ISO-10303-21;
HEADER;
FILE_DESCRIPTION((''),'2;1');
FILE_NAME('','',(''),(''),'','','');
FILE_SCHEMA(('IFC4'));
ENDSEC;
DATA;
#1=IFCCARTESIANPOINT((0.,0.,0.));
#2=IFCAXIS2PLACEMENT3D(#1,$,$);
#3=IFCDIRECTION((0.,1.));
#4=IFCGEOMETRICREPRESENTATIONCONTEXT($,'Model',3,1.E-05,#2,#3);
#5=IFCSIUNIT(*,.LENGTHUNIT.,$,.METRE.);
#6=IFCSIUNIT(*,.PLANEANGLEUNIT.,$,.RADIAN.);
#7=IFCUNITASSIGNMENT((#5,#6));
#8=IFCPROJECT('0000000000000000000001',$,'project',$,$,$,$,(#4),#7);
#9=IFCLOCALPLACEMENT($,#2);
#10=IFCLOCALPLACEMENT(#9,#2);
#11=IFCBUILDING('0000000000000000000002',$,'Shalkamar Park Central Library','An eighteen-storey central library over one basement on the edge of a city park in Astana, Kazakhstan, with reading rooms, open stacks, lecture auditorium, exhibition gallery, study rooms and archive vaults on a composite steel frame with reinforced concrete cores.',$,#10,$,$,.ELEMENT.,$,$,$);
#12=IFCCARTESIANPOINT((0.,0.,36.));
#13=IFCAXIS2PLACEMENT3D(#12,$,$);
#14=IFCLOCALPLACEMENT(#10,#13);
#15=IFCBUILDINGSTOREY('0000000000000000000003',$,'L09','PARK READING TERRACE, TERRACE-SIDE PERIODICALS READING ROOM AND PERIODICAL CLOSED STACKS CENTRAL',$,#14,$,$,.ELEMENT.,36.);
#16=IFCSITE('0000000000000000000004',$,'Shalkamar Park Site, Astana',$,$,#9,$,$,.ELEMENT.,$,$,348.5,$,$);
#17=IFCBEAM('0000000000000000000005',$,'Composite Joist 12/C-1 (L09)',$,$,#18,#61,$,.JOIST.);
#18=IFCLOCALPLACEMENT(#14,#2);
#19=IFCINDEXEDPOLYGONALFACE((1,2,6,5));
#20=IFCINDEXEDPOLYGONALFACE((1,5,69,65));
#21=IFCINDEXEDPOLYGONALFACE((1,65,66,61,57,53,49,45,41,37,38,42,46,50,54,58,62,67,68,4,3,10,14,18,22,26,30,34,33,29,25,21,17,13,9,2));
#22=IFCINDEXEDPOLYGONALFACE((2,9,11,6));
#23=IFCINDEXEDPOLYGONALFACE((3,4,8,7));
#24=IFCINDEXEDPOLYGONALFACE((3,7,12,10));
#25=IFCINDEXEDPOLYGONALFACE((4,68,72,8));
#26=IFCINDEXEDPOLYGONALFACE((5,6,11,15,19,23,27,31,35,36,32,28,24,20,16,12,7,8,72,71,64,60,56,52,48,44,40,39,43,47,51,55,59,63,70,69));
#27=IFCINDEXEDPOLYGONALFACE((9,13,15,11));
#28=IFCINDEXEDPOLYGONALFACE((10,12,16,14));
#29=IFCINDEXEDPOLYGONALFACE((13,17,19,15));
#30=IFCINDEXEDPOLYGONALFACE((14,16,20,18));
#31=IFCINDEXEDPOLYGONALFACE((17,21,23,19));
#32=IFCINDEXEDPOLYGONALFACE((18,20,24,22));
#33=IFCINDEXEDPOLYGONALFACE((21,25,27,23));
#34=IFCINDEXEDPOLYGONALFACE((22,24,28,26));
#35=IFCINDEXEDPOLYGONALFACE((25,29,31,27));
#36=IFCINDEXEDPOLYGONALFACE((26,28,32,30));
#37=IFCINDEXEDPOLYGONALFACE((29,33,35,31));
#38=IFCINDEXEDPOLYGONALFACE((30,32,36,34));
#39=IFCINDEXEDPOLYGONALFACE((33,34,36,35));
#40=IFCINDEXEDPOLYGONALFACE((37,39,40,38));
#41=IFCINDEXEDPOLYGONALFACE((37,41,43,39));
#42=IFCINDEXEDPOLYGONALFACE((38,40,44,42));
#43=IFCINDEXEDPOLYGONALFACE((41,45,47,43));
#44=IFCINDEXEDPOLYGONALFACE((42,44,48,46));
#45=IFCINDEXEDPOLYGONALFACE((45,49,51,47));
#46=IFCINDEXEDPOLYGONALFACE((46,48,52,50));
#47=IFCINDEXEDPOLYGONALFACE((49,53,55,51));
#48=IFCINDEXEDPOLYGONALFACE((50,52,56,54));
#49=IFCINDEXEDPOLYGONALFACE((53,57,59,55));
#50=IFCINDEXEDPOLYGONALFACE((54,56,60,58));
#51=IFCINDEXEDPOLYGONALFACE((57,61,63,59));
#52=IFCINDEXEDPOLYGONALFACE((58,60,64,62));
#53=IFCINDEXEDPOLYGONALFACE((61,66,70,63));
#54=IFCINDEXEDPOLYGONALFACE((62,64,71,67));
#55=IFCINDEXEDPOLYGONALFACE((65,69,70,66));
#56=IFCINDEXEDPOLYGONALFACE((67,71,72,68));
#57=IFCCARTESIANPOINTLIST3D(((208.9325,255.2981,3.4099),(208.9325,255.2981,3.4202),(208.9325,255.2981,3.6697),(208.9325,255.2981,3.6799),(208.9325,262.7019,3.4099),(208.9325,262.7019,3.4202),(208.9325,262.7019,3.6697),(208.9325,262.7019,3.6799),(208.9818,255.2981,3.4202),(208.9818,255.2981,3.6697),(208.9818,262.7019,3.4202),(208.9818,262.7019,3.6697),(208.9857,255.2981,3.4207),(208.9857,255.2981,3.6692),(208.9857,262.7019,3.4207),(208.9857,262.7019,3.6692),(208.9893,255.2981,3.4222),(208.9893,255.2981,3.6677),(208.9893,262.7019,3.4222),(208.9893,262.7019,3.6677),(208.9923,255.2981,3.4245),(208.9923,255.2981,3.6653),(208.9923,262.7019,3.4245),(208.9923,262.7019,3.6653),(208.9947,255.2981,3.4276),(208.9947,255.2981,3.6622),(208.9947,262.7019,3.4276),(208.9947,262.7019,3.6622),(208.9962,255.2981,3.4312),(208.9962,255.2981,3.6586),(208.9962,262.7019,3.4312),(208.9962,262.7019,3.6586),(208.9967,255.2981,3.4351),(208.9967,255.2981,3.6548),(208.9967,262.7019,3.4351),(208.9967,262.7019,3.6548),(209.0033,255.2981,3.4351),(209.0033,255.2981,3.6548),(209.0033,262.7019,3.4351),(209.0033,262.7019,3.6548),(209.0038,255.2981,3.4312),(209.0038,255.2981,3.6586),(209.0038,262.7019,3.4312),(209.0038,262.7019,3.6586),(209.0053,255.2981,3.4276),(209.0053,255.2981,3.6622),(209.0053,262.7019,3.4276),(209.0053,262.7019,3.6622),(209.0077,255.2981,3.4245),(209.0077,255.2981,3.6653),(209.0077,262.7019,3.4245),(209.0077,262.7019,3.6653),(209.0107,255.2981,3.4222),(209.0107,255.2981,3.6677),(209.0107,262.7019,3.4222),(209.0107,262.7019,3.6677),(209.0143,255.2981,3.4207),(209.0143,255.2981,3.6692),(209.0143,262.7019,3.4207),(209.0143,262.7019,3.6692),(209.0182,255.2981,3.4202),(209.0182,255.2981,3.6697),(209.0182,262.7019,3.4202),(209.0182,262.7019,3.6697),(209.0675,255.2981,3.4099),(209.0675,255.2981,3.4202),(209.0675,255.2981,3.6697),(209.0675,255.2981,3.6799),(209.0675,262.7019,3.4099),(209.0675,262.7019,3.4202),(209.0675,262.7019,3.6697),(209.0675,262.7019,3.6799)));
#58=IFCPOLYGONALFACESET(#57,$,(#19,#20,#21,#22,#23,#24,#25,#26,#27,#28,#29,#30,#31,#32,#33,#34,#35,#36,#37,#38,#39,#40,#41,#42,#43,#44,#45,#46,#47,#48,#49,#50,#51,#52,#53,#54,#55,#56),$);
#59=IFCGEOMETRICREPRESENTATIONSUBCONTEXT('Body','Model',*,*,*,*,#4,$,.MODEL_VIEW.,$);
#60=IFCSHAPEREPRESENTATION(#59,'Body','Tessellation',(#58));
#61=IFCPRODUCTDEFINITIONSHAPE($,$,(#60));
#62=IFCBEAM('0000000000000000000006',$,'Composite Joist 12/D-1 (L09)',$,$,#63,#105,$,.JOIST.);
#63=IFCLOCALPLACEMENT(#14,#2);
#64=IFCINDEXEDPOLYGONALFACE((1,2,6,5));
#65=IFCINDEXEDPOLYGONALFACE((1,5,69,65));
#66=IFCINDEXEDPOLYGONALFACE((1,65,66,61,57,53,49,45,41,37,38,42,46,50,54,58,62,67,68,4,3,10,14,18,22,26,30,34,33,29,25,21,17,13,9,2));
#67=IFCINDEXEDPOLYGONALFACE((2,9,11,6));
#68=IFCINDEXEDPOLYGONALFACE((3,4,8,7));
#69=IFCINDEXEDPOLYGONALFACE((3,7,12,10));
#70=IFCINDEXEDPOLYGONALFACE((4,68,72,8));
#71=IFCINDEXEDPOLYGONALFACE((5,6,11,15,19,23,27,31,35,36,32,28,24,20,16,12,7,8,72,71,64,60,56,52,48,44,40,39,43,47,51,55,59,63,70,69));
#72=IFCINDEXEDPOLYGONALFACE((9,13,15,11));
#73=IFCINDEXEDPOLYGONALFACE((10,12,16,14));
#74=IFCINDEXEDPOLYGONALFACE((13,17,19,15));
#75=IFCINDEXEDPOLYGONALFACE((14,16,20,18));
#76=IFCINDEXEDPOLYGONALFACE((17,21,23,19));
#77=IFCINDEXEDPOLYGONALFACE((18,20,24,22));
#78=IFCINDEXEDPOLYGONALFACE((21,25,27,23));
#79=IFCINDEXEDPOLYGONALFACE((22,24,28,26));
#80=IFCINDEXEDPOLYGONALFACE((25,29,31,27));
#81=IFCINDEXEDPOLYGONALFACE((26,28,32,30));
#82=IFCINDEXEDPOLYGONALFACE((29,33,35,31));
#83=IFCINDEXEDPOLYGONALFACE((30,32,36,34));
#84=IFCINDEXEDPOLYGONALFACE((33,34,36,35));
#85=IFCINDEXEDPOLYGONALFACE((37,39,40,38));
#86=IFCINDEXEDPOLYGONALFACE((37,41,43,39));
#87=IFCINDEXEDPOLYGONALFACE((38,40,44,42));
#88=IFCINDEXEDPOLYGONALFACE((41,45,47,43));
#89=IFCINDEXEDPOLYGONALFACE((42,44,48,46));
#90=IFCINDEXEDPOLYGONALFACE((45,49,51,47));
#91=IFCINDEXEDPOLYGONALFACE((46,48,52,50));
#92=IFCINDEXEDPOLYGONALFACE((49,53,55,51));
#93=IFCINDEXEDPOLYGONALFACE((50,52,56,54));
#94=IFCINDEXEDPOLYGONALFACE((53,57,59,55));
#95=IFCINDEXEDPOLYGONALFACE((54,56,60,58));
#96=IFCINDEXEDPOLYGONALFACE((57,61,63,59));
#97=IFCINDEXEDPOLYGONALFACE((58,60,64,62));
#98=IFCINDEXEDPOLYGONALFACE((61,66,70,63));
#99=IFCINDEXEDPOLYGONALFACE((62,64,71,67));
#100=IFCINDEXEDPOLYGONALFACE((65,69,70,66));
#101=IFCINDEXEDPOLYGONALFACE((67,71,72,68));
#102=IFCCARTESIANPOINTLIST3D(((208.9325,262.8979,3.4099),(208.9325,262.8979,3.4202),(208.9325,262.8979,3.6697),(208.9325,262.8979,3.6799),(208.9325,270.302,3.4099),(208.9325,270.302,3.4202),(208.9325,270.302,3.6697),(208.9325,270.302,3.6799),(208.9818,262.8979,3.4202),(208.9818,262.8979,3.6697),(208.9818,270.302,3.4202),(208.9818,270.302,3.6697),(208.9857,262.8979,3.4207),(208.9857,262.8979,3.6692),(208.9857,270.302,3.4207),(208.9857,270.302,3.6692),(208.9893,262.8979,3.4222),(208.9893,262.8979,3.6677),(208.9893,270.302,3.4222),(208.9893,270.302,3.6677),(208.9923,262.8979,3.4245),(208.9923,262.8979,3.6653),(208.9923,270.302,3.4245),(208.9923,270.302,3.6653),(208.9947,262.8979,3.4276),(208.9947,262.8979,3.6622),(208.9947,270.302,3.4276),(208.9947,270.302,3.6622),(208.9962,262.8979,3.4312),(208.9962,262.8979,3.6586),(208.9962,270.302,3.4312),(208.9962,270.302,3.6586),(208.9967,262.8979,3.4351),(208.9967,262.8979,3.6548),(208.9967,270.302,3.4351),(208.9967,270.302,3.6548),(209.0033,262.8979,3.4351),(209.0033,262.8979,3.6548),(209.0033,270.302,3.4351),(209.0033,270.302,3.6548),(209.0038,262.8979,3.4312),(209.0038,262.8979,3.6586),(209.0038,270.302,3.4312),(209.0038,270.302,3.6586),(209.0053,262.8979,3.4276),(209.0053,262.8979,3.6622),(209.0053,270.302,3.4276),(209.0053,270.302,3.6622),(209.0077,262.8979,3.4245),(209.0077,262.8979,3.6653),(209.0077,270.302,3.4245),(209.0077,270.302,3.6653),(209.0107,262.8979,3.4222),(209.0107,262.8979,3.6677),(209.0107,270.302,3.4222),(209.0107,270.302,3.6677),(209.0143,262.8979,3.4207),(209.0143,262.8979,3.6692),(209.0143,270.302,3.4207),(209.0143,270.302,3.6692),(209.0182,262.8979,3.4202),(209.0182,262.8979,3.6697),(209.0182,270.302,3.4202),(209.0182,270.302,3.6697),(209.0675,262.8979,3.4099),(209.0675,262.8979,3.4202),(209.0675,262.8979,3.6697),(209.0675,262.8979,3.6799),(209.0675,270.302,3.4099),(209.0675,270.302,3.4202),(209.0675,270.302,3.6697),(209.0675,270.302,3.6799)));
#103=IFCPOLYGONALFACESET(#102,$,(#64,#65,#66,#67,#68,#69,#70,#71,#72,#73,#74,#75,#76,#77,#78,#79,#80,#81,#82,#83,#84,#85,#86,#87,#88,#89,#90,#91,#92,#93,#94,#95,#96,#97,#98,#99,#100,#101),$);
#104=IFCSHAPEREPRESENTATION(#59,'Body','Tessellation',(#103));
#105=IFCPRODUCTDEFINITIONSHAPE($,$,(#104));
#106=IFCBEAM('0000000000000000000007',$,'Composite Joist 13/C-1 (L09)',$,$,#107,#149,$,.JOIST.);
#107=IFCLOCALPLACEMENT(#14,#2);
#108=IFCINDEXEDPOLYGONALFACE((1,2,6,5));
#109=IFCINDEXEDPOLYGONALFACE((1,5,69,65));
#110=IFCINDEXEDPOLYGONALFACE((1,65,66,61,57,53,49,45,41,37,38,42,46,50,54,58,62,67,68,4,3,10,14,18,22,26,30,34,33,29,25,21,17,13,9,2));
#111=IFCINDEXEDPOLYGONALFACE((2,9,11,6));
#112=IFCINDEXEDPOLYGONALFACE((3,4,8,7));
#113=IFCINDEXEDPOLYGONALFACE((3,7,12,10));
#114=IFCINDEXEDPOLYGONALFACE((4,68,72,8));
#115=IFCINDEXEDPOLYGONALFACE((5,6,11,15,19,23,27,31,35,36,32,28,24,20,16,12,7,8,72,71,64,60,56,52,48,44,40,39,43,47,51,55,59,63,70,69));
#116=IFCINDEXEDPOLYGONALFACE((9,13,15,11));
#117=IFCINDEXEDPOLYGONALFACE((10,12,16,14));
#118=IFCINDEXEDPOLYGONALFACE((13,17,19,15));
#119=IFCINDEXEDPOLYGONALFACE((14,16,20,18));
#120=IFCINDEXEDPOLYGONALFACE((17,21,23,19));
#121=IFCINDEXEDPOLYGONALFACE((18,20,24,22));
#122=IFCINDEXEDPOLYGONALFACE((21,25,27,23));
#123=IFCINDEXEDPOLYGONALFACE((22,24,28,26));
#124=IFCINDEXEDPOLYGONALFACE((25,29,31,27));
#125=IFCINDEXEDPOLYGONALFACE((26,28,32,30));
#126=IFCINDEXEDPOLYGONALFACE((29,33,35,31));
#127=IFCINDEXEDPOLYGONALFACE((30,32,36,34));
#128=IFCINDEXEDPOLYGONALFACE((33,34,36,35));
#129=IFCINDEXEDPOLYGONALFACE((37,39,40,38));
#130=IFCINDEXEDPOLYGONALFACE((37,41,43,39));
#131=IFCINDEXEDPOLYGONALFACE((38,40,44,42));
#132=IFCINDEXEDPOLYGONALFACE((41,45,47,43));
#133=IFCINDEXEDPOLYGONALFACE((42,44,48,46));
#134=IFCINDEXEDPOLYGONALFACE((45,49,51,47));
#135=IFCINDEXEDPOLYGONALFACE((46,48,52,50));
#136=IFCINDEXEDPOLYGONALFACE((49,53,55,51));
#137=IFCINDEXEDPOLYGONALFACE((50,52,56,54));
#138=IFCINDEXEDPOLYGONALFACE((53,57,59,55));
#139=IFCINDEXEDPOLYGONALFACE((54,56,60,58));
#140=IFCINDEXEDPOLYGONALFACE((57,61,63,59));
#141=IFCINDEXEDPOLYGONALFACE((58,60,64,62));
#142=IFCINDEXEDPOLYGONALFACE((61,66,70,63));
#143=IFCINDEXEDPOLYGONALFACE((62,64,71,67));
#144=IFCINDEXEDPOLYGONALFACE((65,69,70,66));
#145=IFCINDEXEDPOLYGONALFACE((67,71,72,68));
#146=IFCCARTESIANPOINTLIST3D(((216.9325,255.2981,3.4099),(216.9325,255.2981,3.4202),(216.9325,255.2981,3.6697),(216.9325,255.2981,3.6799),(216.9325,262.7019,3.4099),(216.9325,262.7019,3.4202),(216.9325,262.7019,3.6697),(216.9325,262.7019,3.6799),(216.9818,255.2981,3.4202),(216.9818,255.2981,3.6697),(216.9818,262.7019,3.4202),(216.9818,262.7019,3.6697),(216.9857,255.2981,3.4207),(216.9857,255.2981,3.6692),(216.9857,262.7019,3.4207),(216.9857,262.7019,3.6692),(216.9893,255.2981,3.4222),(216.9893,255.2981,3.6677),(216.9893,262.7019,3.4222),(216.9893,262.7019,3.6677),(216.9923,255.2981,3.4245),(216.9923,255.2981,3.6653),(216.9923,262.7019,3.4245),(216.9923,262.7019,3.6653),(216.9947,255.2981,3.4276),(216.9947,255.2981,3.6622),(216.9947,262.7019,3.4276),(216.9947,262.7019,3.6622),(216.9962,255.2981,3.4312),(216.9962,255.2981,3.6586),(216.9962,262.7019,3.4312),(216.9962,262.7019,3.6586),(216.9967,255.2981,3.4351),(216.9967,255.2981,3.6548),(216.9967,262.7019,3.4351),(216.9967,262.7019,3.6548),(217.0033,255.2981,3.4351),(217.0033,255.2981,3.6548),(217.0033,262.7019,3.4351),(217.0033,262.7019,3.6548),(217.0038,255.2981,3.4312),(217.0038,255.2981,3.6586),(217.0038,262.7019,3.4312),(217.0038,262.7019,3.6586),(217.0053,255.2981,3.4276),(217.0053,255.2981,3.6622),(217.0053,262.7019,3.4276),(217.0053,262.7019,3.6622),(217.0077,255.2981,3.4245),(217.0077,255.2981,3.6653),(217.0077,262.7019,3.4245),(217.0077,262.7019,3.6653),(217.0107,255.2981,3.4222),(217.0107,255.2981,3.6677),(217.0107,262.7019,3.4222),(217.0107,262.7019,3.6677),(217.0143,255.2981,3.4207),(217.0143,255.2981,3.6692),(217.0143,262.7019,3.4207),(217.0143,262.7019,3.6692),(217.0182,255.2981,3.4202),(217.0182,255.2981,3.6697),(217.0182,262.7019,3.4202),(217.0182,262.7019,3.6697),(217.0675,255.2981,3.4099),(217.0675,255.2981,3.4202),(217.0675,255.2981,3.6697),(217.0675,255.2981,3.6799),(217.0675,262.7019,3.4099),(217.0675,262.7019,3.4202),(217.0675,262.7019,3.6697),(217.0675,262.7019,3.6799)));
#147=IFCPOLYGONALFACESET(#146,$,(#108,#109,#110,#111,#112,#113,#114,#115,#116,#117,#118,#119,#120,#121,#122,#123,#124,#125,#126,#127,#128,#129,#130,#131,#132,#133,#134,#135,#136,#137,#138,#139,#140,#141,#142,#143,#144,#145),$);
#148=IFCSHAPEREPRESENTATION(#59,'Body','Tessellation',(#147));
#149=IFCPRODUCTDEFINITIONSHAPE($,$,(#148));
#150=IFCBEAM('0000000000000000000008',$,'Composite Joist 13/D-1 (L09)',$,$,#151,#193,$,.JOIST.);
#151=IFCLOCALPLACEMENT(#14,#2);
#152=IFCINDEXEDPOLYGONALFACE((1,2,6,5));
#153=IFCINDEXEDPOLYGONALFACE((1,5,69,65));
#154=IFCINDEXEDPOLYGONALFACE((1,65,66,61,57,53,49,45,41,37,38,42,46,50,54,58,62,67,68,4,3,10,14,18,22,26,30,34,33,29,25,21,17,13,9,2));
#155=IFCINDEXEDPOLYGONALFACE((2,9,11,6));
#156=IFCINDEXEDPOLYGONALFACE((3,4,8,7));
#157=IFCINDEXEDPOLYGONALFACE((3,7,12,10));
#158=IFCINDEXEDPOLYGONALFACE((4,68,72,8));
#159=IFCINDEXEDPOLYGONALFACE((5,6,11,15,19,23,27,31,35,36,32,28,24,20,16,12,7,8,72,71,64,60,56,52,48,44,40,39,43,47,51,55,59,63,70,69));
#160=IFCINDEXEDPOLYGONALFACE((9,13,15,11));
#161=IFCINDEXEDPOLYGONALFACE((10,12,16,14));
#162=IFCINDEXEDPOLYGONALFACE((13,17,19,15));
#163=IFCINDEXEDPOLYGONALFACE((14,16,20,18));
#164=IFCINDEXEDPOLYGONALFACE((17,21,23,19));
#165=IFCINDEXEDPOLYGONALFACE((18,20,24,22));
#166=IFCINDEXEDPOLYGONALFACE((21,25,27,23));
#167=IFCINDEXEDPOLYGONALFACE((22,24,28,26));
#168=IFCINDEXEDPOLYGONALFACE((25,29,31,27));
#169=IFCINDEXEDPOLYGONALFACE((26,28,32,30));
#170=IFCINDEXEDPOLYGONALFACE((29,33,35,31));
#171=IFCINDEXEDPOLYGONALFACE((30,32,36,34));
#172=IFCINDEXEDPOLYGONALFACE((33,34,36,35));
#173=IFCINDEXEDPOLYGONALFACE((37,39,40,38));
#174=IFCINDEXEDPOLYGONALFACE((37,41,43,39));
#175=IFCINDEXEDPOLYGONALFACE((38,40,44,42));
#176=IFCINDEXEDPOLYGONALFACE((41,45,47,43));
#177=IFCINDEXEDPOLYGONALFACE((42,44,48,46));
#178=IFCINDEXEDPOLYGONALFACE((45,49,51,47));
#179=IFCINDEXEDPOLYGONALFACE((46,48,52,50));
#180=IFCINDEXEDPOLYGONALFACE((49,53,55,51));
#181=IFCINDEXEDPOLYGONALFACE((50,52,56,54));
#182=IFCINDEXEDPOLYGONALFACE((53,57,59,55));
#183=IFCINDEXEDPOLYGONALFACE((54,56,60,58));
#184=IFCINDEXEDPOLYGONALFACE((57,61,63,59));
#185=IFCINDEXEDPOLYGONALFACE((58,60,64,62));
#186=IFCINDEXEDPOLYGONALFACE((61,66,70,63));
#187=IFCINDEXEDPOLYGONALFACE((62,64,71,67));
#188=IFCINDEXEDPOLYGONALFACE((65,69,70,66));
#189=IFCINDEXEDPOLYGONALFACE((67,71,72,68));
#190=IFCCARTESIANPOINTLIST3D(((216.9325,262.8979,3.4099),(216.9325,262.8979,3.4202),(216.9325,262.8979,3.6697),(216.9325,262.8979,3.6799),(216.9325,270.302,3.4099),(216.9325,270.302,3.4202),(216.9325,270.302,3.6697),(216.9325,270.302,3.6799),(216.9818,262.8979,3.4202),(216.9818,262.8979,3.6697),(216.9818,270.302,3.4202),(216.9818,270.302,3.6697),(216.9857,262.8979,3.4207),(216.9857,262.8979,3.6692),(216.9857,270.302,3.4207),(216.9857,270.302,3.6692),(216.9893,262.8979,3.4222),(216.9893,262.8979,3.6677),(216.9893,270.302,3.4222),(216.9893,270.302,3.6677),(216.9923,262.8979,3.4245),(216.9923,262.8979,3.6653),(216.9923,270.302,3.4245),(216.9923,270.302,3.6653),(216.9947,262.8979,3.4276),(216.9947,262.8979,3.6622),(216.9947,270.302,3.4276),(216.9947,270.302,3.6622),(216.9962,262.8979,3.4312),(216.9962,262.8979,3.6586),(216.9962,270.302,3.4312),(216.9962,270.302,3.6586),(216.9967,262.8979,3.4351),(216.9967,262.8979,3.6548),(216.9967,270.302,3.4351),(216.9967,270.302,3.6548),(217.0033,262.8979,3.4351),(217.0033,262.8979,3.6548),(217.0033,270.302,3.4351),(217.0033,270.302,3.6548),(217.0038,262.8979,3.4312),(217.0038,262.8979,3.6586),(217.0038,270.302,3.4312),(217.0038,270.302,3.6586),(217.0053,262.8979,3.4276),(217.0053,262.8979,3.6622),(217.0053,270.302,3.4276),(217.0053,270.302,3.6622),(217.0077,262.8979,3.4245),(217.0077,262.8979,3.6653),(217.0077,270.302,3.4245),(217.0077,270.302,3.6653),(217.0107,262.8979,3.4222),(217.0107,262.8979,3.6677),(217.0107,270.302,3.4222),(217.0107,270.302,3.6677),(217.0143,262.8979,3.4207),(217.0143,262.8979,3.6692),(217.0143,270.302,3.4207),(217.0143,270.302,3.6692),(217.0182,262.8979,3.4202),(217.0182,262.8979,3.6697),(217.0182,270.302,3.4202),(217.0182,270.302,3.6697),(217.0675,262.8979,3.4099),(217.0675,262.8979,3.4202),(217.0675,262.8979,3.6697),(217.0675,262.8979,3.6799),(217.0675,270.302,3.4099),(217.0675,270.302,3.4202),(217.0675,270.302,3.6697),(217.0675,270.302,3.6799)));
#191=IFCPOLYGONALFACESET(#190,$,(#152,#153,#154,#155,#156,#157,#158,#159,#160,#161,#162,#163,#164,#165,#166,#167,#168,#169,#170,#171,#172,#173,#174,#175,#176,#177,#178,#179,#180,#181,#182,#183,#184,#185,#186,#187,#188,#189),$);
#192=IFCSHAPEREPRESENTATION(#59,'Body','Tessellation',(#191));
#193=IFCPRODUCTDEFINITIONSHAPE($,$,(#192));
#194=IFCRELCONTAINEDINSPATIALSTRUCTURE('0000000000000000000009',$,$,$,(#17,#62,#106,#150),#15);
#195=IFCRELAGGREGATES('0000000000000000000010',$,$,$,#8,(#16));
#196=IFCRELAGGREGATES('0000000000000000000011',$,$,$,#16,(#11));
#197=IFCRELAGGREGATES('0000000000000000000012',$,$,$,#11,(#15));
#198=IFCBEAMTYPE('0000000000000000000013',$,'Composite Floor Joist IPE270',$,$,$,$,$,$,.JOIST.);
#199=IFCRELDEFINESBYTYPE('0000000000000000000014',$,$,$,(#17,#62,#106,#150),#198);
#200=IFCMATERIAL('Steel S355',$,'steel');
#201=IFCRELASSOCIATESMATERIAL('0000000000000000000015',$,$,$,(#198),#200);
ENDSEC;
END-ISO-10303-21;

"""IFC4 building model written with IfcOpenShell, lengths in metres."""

from ifc_helpers import new_model, si_unit, direction, frame, origin, origin_2d, place, context, subcontext, project, spatial, i_section, extrude, material, material_profile, profile_set, type_object, element, save


model = new_model("IFC4")

# Units and contexts
model_context = context("Model", 3, precision=1e-05, world=origin(), true_north=direction((0.0, 1.0)))
body_context = subcontext(model_context, "Body", "Model", "MODEL_VIEW")
ifc_project = project(units=[si_unit("LENGTHUNIT", "METRE"), si_unit("PLANEANGLEUNIT", "RADIAN")], contexts=[model_context])

# Site, building, storey
site_placement = place(None, origin())
site = spatial("IfcSite", under=ifc_project, at=site_placement, Name="Shalkamar Park Site, Astana", CompositionType="ELEMENT", RefElevation=348.5)
building_placement = place(site_placement, origin())
building = spatial("IfcBuilding", under=site, at=building_placement, Name="Shalkamar Park Central Library", Description="An eighteen-storey central library over one basement on the edge of a city park in Astana, Kazakhstan, with reading rooms, open stacks, lecture auditorium, exhibition gallery, study rooms and archive vaults on a composite steel frame with reinforced concrete cores.", CompositionType="ELEMENT")
storey_placement = place(building_placement, frame((0.0, 0.0, 36.0)))
storey = spatial("IfcBuildingStorey", under=building, at=storey_placement, Name="L09", Description="PARK READING TERRACE, TERRACE-SIDE PERIODICALS READING ROOM AND PERIODICAL CLOSED STACKS CENTRAL", CompositionType="ELEMENT", Elevation=36.0)

# Shared definitions
ifc_material_1 = material(Name="Steel S355", Category="steel")

# Beams
ifc_material_profile_1 = material_profile(ifc_material_1, i_section(OverallWidth=0.135, OverallDepth=0.27, WebThickness=0.0066, FlangeThickness=0.0103, FilletRadius=0.0149, at=origin_2d()), Name="IPE 270")
ifc_profile_set_1 = profile_set([ifc_material_profile_1], Name="Steel S355")
beam_type_1 = type_object("IfcBeamType", Name="Composite Floor Joist IPE270", PredefinedType="JOIST", material=ifc_profile_set_1)
beam_1_placement = place(storey_placement, frame((209.0, 255.2981, 3.5449), z_axis=(0.0, 1.0, 0.0), x_axis=(-1.0, 0.0, 0.0)))
element("IfcBeam", 1, at=beam_1_placement, inside=storey, type_object=beam_type_1, Name="Composite Joist 12/C-1 (L09)", PredefinedType="JOIST", context=body_context, shape_type="SweptSolid", body=[
    extrude(i_section(OverallWidth=0.135, OverallDepth=0.27, WebThickness=0.0066, FlangeThickness=0.0103, FilletRadius=0.0149, at=origin_2d()), origin(), (0.0, 0.0, 1.0), 7.4038),
])
beam_2_placement = place(storey_placement, frame((209.0, 262.8979, 3.5449), z_axis=(0.0, 1.0, 0.0), x_axis=(-1.0, 0.0, 0.0)))
element("IfcBeam", 2, at=beam_2_placement, inside=storey, type_object=beam_type_1, Name="Composite Joist 12/D-1 (L09)", PredefinedType="JOIST", context=body_context, shape_type="SweptSolid", body=[
    extrude(i_section(OverallWidth=0.135, OverallDepth=0.27, WebThickness=0.0066, FlangeThickness=0.0103, FilletRadius=0.0149, at=origin_2d()), origin(), (0.0, 0.0, 1.0), 7.4041),
])
beam_3_placement = place(storey_placement, frame((217.0, 255.2981, 3.5449), z_axis=(0.0, 1.0, 0.0), x_axis=(-1.0, 0.0, 0.0)))
element("IfcBeam", 3, at=beam_3_placement, inside=storey, type_object=beam_type_1, Name="Composite Joist 13/C-1 (L09)", PredefinedType="JOIST", context=body_context, shape_type="SweptSolid", body=[
    extrude(i_section(OverallWidth=0.135, OverallDepth=0.27, WebThickness=0.0066, FlangeThickness=0.0103, FilletRadius=0.0149, at=origin_2d()), origin(), (0.0, 0.0, 1.0), 7.4038),
])
beam_4_placement = place(storey_placement, frame((217.0, 262.8979, 3.5449), z_axis=(0.0, 1.0, 0.0), x_axis=(-1.0, 0.0, 0.0)))
element("IfcBeam", 4, at=beam_4_placement, inside=storey, type_object=beam_type_1, Name="Composite Joist 13/D-1 (L09)", PredefinedType="JOIST", context=body_context, shape_type="SweptSolid", body=[
    extrude(i_section(OverallWidth=0.135, OverallDepth=0.27, WebThickness=0.0066, FlangeThickness=0.0103, FilletRadius=0.0149, at=origin_2d()), origin(), (0.0, 0.0, 1.0), 7.4041),
])

save(model, "model.ifc")
